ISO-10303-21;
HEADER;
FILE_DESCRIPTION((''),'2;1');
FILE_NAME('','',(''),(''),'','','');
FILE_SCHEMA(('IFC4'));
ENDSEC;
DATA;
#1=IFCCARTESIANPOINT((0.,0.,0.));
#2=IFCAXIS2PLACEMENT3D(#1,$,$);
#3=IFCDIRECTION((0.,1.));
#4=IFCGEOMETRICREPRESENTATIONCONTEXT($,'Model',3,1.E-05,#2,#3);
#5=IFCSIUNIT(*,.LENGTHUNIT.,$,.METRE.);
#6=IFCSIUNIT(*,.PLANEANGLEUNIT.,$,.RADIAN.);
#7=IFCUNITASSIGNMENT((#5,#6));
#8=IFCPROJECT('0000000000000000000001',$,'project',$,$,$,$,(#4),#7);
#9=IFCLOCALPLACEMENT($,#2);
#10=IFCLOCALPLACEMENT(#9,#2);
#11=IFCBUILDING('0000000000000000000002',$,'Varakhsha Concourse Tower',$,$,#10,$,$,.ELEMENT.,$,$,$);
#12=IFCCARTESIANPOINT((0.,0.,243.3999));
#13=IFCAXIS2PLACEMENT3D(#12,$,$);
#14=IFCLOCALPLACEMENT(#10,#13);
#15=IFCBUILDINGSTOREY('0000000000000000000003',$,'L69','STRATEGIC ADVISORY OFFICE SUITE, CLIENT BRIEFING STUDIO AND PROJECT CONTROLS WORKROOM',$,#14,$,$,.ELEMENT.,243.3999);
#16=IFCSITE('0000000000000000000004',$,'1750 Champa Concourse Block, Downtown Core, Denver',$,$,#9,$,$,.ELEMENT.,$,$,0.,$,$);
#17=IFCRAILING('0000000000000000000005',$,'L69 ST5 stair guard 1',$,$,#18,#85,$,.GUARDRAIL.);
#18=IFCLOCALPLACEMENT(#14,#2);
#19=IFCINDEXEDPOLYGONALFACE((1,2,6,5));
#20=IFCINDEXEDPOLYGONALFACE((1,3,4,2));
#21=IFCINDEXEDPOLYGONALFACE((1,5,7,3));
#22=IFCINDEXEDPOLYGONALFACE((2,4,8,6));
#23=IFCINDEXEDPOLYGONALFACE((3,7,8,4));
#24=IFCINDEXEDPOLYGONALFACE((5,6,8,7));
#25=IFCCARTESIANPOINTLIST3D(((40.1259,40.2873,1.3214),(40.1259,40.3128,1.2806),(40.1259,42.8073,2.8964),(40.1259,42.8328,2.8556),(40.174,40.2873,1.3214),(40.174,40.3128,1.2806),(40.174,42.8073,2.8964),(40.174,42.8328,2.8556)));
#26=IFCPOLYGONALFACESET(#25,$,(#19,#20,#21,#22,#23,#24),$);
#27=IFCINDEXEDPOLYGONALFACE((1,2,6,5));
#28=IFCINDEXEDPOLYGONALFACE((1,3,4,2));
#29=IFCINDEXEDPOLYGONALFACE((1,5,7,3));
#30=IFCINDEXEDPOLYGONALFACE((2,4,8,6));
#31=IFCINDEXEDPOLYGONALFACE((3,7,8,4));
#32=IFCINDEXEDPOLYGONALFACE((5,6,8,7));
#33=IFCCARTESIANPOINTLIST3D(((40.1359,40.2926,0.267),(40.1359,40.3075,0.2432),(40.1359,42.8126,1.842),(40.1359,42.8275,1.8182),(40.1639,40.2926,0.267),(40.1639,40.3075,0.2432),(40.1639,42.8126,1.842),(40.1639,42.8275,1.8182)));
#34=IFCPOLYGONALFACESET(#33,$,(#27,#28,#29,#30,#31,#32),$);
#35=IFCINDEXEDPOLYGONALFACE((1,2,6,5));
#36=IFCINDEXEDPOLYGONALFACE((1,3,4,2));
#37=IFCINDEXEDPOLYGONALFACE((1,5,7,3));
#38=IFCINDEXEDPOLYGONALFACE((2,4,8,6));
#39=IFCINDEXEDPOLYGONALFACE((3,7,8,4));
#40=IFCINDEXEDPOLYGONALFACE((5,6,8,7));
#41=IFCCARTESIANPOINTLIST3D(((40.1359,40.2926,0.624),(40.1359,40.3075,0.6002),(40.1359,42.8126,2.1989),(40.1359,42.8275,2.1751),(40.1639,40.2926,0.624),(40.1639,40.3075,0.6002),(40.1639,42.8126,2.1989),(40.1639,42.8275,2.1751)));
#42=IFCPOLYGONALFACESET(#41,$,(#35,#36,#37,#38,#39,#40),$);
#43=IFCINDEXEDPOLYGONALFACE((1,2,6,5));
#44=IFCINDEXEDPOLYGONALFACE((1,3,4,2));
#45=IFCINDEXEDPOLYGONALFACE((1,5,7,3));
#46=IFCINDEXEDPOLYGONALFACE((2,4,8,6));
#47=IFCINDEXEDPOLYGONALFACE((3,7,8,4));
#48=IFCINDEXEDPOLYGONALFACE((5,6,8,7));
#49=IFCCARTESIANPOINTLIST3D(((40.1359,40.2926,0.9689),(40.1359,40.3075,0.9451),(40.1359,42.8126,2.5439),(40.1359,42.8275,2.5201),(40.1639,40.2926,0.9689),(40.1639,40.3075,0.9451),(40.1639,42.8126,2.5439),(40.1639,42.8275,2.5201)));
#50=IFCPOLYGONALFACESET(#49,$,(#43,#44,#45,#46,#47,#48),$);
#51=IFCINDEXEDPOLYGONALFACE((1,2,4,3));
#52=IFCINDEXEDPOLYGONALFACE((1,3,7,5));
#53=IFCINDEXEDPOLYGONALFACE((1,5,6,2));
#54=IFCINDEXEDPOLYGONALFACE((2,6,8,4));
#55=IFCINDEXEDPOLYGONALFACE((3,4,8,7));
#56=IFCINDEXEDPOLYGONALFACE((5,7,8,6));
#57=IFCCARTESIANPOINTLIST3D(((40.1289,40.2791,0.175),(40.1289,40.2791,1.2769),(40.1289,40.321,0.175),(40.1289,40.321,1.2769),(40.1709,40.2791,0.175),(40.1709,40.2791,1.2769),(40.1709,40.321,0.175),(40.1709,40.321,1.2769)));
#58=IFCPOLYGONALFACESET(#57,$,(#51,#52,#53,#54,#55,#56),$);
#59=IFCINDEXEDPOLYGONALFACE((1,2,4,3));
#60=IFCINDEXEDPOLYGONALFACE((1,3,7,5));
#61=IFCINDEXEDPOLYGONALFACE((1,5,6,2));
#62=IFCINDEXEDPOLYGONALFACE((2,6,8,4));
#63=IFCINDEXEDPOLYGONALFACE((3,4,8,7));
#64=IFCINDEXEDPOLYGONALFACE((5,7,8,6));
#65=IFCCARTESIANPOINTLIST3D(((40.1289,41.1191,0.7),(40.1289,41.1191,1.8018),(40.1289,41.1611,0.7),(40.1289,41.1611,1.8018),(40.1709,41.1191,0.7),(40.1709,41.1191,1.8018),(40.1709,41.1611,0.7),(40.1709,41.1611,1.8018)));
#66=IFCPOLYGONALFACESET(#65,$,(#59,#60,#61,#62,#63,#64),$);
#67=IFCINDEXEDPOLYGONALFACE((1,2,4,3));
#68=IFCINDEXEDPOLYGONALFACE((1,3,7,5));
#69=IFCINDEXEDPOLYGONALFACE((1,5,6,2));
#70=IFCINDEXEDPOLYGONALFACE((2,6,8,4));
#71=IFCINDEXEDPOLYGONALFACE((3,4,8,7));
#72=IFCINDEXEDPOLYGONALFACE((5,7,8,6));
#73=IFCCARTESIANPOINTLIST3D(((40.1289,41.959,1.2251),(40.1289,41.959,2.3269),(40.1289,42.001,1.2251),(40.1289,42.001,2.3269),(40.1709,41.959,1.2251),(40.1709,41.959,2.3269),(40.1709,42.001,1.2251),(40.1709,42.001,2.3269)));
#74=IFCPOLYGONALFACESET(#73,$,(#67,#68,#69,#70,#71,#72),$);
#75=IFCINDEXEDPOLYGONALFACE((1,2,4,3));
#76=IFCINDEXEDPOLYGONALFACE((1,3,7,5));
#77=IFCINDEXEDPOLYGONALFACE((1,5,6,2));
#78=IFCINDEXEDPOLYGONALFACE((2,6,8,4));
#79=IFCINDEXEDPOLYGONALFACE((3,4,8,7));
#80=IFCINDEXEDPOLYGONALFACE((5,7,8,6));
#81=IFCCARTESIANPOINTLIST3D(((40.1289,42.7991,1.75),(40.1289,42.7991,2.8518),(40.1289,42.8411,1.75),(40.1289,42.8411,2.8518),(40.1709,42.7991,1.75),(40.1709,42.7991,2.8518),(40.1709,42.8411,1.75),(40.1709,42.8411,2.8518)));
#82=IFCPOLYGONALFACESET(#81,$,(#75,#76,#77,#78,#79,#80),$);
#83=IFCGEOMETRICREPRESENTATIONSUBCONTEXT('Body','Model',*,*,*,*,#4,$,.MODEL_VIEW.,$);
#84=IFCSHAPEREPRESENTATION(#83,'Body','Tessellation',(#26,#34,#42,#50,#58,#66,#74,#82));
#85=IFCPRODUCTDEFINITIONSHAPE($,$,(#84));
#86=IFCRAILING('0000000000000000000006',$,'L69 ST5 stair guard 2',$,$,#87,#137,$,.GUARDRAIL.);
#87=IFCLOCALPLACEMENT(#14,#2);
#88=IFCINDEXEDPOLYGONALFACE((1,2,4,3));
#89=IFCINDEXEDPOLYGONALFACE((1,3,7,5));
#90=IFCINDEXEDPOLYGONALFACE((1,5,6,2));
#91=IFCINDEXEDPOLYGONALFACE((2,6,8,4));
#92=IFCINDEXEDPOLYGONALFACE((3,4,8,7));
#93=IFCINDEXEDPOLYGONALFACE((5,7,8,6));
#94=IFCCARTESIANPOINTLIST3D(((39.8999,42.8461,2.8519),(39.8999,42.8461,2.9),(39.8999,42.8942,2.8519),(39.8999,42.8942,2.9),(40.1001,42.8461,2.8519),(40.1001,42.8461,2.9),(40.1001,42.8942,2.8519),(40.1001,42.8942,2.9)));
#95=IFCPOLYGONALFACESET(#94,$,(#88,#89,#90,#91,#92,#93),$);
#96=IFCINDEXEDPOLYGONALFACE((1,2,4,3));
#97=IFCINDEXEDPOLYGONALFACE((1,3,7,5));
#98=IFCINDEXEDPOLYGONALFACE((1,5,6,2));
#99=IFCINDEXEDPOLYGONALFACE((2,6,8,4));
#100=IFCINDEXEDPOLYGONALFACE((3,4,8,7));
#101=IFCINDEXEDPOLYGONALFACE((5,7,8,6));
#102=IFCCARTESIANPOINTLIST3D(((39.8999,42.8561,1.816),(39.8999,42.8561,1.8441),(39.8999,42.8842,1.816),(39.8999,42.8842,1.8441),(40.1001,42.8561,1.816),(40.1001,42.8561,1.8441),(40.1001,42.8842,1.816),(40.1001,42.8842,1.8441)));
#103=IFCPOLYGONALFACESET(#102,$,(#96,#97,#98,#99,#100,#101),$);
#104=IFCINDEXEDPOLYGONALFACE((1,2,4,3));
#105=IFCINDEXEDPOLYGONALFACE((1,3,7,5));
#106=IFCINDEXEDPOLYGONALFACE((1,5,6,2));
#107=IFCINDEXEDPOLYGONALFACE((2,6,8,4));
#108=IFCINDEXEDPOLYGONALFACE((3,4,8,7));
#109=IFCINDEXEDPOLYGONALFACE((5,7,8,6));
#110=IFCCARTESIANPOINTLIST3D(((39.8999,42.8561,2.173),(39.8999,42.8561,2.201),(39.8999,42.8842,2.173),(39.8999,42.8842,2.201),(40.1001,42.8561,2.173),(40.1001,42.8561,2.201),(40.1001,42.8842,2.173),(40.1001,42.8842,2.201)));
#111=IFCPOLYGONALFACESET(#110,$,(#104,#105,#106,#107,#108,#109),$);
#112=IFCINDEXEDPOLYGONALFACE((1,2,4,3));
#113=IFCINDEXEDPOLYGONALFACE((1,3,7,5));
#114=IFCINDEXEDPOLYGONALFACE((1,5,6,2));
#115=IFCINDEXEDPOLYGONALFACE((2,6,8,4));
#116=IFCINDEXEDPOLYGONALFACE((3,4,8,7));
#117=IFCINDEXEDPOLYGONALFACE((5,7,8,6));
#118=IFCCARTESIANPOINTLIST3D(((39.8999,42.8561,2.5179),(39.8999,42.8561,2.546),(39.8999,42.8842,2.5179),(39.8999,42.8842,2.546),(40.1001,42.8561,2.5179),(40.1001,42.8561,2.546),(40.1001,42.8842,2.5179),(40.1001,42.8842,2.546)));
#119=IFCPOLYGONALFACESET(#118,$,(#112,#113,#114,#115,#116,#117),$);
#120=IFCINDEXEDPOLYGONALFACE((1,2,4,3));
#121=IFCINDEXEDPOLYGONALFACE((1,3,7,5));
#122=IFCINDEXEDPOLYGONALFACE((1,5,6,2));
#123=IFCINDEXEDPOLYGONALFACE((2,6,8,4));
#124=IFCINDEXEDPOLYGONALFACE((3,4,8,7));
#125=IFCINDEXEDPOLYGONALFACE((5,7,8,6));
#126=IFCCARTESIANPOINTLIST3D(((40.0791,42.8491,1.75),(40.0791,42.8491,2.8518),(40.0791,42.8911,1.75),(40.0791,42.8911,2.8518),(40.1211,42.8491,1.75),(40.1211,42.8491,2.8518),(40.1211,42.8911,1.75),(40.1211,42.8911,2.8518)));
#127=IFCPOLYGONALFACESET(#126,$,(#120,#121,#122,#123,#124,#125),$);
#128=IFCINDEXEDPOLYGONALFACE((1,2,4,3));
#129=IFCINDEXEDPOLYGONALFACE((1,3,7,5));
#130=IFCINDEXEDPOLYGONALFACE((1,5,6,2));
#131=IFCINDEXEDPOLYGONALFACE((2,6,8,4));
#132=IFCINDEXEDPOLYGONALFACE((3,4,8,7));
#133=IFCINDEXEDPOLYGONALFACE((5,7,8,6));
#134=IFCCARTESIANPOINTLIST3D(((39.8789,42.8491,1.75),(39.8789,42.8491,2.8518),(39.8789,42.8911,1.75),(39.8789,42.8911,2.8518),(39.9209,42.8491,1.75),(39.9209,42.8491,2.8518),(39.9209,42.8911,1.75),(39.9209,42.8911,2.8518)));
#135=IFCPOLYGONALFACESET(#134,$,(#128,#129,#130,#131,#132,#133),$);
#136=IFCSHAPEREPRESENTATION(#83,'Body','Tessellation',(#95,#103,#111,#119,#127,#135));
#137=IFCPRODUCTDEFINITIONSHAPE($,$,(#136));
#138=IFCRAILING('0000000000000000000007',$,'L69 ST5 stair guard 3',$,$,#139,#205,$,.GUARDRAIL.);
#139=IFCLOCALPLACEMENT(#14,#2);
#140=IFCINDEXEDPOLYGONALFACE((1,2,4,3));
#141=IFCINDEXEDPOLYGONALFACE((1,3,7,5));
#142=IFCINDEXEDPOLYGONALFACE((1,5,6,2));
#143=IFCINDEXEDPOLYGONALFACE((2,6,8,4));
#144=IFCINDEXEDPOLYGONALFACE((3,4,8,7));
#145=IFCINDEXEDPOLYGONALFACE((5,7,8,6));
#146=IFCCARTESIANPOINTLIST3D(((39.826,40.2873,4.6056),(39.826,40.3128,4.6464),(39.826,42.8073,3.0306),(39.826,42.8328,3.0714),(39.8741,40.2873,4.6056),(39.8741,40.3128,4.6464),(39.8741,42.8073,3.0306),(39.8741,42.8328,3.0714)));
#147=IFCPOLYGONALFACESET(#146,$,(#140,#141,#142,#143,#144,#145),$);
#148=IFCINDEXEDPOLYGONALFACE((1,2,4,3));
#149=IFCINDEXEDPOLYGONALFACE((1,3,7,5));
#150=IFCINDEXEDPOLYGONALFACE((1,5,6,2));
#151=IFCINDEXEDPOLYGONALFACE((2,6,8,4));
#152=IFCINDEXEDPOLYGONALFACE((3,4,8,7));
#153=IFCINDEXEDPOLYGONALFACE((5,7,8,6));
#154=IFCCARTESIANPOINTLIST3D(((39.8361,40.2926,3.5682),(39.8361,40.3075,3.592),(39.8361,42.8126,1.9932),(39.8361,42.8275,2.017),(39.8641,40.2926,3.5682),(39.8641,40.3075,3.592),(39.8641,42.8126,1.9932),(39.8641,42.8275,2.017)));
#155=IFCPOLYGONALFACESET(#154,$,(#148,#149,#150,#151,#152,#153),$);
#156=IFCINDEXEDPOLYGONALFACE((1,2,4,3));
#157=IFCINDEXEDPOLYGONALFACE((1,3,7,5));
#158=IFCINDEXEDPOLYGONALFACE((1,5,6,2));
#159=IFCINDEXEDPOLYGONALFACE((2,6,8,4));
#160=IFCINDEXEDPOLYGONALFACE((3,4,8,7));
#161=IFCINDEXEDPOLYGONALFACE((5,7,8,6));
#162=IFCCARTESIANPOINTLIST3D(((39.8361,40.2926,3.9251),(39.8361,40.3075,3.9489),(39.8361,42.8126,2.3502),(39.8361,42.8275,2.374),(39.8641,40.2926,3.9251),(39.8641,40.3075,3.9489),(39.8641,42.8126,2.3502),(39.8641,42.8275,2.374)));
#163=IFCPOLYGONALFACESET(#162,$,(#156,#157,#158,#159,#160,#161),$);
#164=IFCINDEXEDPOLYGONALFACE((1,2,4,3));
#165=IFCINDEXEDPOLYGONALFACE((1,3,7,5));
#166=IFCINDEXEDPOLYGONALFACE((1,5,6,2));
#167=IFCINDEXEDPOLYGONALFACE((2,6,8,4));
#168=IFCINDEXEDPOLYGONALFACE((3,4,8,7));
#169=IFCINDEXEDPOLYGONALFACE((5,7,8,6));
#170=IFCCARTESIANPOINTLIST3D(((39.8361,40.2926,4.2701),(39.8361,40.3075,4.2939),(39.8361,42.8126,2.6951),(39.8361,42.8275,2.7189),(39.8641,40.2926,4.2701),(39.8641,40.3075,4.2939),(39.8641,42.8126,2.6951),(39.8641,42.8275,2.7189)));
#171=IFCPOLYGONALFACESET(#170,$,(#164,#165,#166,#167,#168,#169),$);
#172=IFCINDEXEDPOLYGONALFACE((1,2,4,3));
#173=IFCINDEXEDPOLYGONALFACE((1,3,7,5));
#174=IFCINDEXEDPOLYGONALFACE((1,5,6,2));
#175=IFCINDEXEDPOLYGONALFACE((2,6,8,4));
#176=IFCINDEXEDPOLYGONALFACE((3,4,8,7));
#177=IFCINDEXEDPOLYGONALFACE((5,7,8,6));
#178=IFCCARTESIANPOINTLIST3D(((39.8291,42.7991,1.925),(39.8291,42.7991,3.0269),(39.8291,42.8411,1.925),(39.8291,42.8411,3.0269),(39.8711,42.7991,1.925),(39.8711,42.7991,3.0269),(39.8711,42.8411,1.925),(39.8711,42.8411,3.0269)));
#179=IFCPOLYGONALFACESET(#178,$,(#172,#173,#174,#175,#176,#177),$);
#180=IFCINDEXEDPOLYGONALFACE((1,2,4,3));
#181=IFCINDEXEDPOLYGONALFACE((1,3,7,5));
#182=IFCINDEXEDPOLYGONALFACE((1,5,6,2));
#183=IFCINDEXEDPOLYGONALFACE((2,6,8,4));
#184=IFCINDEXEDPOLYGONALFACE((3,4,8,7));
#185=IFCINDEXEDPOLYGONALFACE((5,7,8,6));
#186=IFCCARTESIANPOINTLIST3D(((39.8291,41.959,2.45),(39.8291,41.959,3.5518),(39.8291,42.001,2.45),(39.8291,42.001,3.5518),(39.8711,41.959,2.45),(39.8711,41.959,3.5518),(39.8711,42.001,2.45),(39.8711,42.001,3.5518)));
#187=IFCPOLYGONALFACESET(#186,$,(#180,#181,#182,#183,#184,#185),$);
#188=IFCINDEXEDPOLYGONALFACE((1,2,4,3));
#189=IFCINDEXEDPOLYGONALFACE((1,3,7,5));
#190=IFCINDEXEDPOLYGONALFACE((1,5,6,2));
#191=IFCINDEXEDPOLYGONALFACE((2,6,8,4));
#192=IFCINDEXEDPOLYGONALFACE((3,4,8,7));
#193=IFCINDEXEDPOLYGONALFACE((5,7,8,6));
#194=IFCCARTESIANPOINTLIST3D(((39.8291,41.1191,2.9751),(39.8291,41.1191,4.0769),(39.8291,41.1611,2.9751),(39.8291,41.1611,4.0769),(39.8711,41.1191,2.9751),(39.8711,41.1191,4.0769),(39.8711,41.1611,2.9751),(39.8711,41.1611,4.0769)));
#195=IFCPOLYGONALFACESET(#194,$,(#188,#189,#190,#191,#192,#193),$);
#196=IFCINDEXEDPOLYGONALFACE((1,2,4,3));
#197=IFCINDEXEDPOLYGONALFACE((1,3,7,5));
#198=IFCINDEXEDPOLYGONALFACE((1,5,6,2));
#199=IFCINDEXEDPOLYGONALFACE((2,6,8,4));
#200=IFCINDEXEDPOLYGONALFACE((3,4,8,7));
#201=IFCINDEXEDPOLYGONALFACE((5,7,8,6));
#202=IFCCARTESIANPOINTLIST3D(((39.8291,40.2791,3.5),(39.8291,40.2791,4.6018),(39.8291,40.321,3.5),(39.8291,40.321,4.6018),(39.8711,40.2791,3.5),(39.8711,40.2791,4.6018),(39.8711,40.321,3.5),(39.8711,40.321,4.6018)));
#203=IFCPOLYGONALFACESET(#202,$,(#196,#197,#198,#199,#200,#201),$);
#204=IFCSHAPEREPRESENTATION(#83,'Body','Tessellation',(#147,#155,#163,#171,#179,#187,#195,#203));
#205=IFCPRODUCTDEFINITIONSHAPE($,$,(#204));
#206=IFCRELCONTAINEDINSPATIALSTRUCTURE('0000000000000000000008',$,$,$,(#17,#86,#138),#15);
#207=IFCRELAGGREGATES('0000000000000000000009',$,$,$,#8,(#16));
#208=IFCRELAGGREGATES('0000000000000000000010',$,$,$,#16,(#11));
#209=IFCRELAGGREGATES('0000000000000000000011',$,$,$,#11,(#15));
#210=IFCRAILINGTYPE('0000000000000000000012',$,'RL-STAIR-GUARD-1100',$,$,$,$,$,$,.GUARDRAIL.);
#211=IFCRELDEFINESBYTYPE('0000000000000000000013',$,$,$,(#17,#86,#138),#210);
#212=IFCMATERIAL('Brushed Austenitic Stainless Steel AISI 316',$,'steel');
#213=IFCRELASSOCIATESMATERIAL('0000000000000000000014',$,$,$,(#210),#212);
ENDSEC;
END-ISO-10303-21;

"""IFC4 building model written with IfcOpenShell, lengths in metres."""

from ifc_helpers import new_model, si_unit, direction, frame, origin, origin_2d, place, context, subcontext, project, spatial, rectangle, extrude, material, type_object, element, save


model = new_model("IFC4")

# Units and contexts
model_context = context("Model", 3, precision=1e-05, world=origin(), true_north=direction((0.0, 1.0)))
body_context = subcontext(model_context, "Body", "Model", "MODEL_VIEW")
ifc_project = project(units=[si_unit("LENGTHUNIT", "METRE"), si_unit("PLANEANGLEUNIT", "RADIAN")], contexts=[model_context])

# Site, building, storey
site_placement = place(None, origin())
site = spatial("IfcSite", under=ifc_project, at=site_placement, Name="1750 Champa Concourse Block, Downtown Core, Denver", CompositionType="ELEMENT", RefElevation=0.0)
building_placement = place(site_placement, origin())
building = spatial("IfcBuilding", under=site, at=building_placement, Name="Varakhsha Concourse Tower", CompositionType="ELEMENT")
storey_placement = place(building_placement, frame((0.0, 0.0, 243.3999)))
storey = spatial("IfcBuildingStorey", under=building, at=storey_placement, Name="L69", Description="STRATEGIC ADVISORY OFFICE SUITE, CLIENT BRIEFING STUDIO AND PROJECT CONTROLS WORKROOM", CompositionType="ELEMENT", Elevation=243.3999)

# Railings
ifc_material_1 = material(Name="Brushed Austenitic Stainless Steel AISI 316", Category="steel")
railing_type_1 = type_object("IfcRailingType", Name="RL-STAIR-GUARD-1100", PredefinedType="GUARDRAIL", material=ifc_material_1)
railing_1_placement = place(storey_placement, frame((40.1499, 40.3, 0.175)))
element("IfcRailing", 1, at=railing_1_placement, inside=storey, type_object=railing_type_1, Name="L69 ST5 stair guard 1", PredefinedType="GUARDRAIL", context=body_context, shape_type="SweptSolid", body=[
    extrude(rectangle(XDim=0.0481, YDim=0.0481, at=origin_2d()), frame((0.0, 0.0, 1.126), z_axis=(0.0, 0.848008, 0.529984), x_axis=(-1.0, 0.0, 0.0)), (0.0, 0.0, 1.0), 2.9717),
    extrude(rectangle(XDim=0.0281, YDim=0.0281, at=origin_2d()), frame((0.0, 0.0, 0.0801), z_axis=(0.0, 0.848008, 0.529984), x_axis=(-1.0, 0.0, 0.0)), (0.0, 0.0, 1.0), 2.9717),
    extrude(rectangle(XDim=0.0281, YDim=0.0281, at=origin_2d()), frame((0.0, 0.0, 0.437), z_axis=(0.0, 0.848008, 0.529984), x_axis=(-1.0, 0.0, 0.0)), (0.0, 0.0, 1.0), 2.9717),
    extrude(rectangle(XDim=0.0281, YDim=0.0281, at=origin_2d()), frame((0.0, 0.0, 0.782), z_axis=(0.0, 0.848008, 0.529984), x_axis=(-1.0, 0.0, 0.0)), (0.0, 0.0, 1.0), 2.9717),
    extrude(rectangle(XDim=0.042, YDim=0.042, at=origin_2d()), origin(), (0.0, 0.0, 1.0), 1.1018),
    extrude(rectangle(XDim=0.042, YDim=0.042, at=origin_2d()), frame((0.0, 0.8401, 0.5249)), (0.0, 0.0, 1.0), 1.1018),
    extrude(rectangle(XDim=0.042, YDim=0.042, at=origin_2d()), frame((0.0, 1.6799, 1.05)), (0.0, 0.0, 1.0), 1.1018),
    extrude(rectangle(XDim=0.042, YDim=0.042, at=origin_2d()), frame((0.0, 2.52, 1.575)), (0.0, 0.0, 1.0), 1.1018),
])
railing_2_placement = place(storey_placement, frame((40.1001, 42.8701, 1.75)))
element("IfcRailing", 2, at=railing_2_placement, inside=storey, type_object=railing_type_1, Name="L69 ST5 stair guard 2", PredefinedType="GUARDRAIL", context=body_context, shape_type="SweptSolid", body=[
    extrude(rectangle(XDim=0.0481, YDim=0.0481, at=origin_2d()), frame((0.0, 0.0, 1.126), z_axis=(-1.0, 0.0, 0.0), x_axis=(0.0, -1.0, 0.0)), (0.0, 0.0, 1.0), 0.2002),
    extrude(rectangle(XDim=0.0281, YDim=0.0281, at=origin_2d()), frame((0.0, 0.0, 0.0801), z_axis=(-1.0, 0.0, 0.0), x_axis=(0.0, -1.0, 0.0)), (0.0, 0.0, 1.0), 0.2002),
    extrude(rectangle(XDim=0.0281, YDim=0.0281, at=origin_2d()), frame((0.0, 0.0, 0.437), z_axis=(-1.0, 0.0, 0.0), x_axis=(0.0, -1.0, 0.0)), (0.0, 0.0, 1.0), 0.2002),
    extrude(rectangle(XDim=0.0281, YDim=0.0281, at=origin_2d()), frame((0.0, 0.0, 0.782), z_axis=(-1.0, 0.0, 0.0), x_axis=(0.0, -1.0, 0.0)), (0.0, 0.0, 1.0), 0.2002),
    extrude(rectangle(XDim=0.042, YDim=0.042, at=origin_2d()), origin(), (0.0, 0.0, 1.0), 1.1018),
    extrude(rectangle(XDim=0.042, YDim=0.042, at=origin_2d()), frame((-0.2002, 0.0, 0.0)), (0.0, 0.0, 1.0), 1.1018),
])
railing_3_placement = place(storey_placement, frame((39.8501, 42.8201, 1.925)))
element("IfcRailing", 3, at=railing_3_placement, inside=storey, type_object=railing_type_1, Name="L69 ST5 stair guard 3", PredefinedType="GUARDRAIL", context=body_context, shape_type="SweptSolid", body=[
    extrude(rectangle(XDim=0.0481, YDim=0.0481, at=origin_2d()), frame((0.0, 0.0, 1.126), z_axis=(0.0, -0.848008, 0.529984), x_axis=(1.0, 0.0, 0.0)), (0.0, 0.0, 1.0), 2.9717),
    extrude(rectangle(XDim=0.0281, YDim=0.0281, at=origin_2d()), frame((0.0, 0.0, 0.0801), z_axis=(0.0, -0.848008, 0.529984), x_axis=(1.0, 0.0, 0.0)), (0.0, 0.0, 1.0), 2.9717),
    extrude(rectangle(XDim=0.0281, YDim=0.0281, at=origin_2d()), frame((0.0, 0.0, 0.437), z_axis=(0.0, -0.848008, 0.529984), x_axis=(1.0, 0.0, 0.0)), (0.0, 0.0, 1.0), 2.9717),
    extrude(rectangle(XDim=0.0281, YDim=0.0281, at=origin_2d()), frame((0.0, 0.0, 0.782), z_axis=(0.0, -0.848008, 0.529984), x_axis=(1.0, 0.0, 0.0)), (0.0, 0.0, 1.0), 2.9717),
    extrude(rectangle(XDim=0.042, YDim=0.042, at=origin_2d()), origin(), (0.0, 0.0, 1.0), 1.1018),
    extrude(rectangle(XDim=0.042, YDim=0.042, at=origin_2d()), frame((0.0, -0.8401, 0.5249)), (0.0, 0.0, 1.0), 1.1018),
    extrude(rectangle(XDim=0.042, YDim=0.042, at=origin_2d()), frame((0.0, -1.6799, 1.05)), (0.0, 0.0, 1.0), 1.1018),
    extrude(rectangle(XDim=0.042, YDim=0.042, at=origin_2d()), frame((0.0, -2.52, 1.575)), (0.0, 0.0, 1.0), 1.1018),
])

save(model, "model.ifc")
